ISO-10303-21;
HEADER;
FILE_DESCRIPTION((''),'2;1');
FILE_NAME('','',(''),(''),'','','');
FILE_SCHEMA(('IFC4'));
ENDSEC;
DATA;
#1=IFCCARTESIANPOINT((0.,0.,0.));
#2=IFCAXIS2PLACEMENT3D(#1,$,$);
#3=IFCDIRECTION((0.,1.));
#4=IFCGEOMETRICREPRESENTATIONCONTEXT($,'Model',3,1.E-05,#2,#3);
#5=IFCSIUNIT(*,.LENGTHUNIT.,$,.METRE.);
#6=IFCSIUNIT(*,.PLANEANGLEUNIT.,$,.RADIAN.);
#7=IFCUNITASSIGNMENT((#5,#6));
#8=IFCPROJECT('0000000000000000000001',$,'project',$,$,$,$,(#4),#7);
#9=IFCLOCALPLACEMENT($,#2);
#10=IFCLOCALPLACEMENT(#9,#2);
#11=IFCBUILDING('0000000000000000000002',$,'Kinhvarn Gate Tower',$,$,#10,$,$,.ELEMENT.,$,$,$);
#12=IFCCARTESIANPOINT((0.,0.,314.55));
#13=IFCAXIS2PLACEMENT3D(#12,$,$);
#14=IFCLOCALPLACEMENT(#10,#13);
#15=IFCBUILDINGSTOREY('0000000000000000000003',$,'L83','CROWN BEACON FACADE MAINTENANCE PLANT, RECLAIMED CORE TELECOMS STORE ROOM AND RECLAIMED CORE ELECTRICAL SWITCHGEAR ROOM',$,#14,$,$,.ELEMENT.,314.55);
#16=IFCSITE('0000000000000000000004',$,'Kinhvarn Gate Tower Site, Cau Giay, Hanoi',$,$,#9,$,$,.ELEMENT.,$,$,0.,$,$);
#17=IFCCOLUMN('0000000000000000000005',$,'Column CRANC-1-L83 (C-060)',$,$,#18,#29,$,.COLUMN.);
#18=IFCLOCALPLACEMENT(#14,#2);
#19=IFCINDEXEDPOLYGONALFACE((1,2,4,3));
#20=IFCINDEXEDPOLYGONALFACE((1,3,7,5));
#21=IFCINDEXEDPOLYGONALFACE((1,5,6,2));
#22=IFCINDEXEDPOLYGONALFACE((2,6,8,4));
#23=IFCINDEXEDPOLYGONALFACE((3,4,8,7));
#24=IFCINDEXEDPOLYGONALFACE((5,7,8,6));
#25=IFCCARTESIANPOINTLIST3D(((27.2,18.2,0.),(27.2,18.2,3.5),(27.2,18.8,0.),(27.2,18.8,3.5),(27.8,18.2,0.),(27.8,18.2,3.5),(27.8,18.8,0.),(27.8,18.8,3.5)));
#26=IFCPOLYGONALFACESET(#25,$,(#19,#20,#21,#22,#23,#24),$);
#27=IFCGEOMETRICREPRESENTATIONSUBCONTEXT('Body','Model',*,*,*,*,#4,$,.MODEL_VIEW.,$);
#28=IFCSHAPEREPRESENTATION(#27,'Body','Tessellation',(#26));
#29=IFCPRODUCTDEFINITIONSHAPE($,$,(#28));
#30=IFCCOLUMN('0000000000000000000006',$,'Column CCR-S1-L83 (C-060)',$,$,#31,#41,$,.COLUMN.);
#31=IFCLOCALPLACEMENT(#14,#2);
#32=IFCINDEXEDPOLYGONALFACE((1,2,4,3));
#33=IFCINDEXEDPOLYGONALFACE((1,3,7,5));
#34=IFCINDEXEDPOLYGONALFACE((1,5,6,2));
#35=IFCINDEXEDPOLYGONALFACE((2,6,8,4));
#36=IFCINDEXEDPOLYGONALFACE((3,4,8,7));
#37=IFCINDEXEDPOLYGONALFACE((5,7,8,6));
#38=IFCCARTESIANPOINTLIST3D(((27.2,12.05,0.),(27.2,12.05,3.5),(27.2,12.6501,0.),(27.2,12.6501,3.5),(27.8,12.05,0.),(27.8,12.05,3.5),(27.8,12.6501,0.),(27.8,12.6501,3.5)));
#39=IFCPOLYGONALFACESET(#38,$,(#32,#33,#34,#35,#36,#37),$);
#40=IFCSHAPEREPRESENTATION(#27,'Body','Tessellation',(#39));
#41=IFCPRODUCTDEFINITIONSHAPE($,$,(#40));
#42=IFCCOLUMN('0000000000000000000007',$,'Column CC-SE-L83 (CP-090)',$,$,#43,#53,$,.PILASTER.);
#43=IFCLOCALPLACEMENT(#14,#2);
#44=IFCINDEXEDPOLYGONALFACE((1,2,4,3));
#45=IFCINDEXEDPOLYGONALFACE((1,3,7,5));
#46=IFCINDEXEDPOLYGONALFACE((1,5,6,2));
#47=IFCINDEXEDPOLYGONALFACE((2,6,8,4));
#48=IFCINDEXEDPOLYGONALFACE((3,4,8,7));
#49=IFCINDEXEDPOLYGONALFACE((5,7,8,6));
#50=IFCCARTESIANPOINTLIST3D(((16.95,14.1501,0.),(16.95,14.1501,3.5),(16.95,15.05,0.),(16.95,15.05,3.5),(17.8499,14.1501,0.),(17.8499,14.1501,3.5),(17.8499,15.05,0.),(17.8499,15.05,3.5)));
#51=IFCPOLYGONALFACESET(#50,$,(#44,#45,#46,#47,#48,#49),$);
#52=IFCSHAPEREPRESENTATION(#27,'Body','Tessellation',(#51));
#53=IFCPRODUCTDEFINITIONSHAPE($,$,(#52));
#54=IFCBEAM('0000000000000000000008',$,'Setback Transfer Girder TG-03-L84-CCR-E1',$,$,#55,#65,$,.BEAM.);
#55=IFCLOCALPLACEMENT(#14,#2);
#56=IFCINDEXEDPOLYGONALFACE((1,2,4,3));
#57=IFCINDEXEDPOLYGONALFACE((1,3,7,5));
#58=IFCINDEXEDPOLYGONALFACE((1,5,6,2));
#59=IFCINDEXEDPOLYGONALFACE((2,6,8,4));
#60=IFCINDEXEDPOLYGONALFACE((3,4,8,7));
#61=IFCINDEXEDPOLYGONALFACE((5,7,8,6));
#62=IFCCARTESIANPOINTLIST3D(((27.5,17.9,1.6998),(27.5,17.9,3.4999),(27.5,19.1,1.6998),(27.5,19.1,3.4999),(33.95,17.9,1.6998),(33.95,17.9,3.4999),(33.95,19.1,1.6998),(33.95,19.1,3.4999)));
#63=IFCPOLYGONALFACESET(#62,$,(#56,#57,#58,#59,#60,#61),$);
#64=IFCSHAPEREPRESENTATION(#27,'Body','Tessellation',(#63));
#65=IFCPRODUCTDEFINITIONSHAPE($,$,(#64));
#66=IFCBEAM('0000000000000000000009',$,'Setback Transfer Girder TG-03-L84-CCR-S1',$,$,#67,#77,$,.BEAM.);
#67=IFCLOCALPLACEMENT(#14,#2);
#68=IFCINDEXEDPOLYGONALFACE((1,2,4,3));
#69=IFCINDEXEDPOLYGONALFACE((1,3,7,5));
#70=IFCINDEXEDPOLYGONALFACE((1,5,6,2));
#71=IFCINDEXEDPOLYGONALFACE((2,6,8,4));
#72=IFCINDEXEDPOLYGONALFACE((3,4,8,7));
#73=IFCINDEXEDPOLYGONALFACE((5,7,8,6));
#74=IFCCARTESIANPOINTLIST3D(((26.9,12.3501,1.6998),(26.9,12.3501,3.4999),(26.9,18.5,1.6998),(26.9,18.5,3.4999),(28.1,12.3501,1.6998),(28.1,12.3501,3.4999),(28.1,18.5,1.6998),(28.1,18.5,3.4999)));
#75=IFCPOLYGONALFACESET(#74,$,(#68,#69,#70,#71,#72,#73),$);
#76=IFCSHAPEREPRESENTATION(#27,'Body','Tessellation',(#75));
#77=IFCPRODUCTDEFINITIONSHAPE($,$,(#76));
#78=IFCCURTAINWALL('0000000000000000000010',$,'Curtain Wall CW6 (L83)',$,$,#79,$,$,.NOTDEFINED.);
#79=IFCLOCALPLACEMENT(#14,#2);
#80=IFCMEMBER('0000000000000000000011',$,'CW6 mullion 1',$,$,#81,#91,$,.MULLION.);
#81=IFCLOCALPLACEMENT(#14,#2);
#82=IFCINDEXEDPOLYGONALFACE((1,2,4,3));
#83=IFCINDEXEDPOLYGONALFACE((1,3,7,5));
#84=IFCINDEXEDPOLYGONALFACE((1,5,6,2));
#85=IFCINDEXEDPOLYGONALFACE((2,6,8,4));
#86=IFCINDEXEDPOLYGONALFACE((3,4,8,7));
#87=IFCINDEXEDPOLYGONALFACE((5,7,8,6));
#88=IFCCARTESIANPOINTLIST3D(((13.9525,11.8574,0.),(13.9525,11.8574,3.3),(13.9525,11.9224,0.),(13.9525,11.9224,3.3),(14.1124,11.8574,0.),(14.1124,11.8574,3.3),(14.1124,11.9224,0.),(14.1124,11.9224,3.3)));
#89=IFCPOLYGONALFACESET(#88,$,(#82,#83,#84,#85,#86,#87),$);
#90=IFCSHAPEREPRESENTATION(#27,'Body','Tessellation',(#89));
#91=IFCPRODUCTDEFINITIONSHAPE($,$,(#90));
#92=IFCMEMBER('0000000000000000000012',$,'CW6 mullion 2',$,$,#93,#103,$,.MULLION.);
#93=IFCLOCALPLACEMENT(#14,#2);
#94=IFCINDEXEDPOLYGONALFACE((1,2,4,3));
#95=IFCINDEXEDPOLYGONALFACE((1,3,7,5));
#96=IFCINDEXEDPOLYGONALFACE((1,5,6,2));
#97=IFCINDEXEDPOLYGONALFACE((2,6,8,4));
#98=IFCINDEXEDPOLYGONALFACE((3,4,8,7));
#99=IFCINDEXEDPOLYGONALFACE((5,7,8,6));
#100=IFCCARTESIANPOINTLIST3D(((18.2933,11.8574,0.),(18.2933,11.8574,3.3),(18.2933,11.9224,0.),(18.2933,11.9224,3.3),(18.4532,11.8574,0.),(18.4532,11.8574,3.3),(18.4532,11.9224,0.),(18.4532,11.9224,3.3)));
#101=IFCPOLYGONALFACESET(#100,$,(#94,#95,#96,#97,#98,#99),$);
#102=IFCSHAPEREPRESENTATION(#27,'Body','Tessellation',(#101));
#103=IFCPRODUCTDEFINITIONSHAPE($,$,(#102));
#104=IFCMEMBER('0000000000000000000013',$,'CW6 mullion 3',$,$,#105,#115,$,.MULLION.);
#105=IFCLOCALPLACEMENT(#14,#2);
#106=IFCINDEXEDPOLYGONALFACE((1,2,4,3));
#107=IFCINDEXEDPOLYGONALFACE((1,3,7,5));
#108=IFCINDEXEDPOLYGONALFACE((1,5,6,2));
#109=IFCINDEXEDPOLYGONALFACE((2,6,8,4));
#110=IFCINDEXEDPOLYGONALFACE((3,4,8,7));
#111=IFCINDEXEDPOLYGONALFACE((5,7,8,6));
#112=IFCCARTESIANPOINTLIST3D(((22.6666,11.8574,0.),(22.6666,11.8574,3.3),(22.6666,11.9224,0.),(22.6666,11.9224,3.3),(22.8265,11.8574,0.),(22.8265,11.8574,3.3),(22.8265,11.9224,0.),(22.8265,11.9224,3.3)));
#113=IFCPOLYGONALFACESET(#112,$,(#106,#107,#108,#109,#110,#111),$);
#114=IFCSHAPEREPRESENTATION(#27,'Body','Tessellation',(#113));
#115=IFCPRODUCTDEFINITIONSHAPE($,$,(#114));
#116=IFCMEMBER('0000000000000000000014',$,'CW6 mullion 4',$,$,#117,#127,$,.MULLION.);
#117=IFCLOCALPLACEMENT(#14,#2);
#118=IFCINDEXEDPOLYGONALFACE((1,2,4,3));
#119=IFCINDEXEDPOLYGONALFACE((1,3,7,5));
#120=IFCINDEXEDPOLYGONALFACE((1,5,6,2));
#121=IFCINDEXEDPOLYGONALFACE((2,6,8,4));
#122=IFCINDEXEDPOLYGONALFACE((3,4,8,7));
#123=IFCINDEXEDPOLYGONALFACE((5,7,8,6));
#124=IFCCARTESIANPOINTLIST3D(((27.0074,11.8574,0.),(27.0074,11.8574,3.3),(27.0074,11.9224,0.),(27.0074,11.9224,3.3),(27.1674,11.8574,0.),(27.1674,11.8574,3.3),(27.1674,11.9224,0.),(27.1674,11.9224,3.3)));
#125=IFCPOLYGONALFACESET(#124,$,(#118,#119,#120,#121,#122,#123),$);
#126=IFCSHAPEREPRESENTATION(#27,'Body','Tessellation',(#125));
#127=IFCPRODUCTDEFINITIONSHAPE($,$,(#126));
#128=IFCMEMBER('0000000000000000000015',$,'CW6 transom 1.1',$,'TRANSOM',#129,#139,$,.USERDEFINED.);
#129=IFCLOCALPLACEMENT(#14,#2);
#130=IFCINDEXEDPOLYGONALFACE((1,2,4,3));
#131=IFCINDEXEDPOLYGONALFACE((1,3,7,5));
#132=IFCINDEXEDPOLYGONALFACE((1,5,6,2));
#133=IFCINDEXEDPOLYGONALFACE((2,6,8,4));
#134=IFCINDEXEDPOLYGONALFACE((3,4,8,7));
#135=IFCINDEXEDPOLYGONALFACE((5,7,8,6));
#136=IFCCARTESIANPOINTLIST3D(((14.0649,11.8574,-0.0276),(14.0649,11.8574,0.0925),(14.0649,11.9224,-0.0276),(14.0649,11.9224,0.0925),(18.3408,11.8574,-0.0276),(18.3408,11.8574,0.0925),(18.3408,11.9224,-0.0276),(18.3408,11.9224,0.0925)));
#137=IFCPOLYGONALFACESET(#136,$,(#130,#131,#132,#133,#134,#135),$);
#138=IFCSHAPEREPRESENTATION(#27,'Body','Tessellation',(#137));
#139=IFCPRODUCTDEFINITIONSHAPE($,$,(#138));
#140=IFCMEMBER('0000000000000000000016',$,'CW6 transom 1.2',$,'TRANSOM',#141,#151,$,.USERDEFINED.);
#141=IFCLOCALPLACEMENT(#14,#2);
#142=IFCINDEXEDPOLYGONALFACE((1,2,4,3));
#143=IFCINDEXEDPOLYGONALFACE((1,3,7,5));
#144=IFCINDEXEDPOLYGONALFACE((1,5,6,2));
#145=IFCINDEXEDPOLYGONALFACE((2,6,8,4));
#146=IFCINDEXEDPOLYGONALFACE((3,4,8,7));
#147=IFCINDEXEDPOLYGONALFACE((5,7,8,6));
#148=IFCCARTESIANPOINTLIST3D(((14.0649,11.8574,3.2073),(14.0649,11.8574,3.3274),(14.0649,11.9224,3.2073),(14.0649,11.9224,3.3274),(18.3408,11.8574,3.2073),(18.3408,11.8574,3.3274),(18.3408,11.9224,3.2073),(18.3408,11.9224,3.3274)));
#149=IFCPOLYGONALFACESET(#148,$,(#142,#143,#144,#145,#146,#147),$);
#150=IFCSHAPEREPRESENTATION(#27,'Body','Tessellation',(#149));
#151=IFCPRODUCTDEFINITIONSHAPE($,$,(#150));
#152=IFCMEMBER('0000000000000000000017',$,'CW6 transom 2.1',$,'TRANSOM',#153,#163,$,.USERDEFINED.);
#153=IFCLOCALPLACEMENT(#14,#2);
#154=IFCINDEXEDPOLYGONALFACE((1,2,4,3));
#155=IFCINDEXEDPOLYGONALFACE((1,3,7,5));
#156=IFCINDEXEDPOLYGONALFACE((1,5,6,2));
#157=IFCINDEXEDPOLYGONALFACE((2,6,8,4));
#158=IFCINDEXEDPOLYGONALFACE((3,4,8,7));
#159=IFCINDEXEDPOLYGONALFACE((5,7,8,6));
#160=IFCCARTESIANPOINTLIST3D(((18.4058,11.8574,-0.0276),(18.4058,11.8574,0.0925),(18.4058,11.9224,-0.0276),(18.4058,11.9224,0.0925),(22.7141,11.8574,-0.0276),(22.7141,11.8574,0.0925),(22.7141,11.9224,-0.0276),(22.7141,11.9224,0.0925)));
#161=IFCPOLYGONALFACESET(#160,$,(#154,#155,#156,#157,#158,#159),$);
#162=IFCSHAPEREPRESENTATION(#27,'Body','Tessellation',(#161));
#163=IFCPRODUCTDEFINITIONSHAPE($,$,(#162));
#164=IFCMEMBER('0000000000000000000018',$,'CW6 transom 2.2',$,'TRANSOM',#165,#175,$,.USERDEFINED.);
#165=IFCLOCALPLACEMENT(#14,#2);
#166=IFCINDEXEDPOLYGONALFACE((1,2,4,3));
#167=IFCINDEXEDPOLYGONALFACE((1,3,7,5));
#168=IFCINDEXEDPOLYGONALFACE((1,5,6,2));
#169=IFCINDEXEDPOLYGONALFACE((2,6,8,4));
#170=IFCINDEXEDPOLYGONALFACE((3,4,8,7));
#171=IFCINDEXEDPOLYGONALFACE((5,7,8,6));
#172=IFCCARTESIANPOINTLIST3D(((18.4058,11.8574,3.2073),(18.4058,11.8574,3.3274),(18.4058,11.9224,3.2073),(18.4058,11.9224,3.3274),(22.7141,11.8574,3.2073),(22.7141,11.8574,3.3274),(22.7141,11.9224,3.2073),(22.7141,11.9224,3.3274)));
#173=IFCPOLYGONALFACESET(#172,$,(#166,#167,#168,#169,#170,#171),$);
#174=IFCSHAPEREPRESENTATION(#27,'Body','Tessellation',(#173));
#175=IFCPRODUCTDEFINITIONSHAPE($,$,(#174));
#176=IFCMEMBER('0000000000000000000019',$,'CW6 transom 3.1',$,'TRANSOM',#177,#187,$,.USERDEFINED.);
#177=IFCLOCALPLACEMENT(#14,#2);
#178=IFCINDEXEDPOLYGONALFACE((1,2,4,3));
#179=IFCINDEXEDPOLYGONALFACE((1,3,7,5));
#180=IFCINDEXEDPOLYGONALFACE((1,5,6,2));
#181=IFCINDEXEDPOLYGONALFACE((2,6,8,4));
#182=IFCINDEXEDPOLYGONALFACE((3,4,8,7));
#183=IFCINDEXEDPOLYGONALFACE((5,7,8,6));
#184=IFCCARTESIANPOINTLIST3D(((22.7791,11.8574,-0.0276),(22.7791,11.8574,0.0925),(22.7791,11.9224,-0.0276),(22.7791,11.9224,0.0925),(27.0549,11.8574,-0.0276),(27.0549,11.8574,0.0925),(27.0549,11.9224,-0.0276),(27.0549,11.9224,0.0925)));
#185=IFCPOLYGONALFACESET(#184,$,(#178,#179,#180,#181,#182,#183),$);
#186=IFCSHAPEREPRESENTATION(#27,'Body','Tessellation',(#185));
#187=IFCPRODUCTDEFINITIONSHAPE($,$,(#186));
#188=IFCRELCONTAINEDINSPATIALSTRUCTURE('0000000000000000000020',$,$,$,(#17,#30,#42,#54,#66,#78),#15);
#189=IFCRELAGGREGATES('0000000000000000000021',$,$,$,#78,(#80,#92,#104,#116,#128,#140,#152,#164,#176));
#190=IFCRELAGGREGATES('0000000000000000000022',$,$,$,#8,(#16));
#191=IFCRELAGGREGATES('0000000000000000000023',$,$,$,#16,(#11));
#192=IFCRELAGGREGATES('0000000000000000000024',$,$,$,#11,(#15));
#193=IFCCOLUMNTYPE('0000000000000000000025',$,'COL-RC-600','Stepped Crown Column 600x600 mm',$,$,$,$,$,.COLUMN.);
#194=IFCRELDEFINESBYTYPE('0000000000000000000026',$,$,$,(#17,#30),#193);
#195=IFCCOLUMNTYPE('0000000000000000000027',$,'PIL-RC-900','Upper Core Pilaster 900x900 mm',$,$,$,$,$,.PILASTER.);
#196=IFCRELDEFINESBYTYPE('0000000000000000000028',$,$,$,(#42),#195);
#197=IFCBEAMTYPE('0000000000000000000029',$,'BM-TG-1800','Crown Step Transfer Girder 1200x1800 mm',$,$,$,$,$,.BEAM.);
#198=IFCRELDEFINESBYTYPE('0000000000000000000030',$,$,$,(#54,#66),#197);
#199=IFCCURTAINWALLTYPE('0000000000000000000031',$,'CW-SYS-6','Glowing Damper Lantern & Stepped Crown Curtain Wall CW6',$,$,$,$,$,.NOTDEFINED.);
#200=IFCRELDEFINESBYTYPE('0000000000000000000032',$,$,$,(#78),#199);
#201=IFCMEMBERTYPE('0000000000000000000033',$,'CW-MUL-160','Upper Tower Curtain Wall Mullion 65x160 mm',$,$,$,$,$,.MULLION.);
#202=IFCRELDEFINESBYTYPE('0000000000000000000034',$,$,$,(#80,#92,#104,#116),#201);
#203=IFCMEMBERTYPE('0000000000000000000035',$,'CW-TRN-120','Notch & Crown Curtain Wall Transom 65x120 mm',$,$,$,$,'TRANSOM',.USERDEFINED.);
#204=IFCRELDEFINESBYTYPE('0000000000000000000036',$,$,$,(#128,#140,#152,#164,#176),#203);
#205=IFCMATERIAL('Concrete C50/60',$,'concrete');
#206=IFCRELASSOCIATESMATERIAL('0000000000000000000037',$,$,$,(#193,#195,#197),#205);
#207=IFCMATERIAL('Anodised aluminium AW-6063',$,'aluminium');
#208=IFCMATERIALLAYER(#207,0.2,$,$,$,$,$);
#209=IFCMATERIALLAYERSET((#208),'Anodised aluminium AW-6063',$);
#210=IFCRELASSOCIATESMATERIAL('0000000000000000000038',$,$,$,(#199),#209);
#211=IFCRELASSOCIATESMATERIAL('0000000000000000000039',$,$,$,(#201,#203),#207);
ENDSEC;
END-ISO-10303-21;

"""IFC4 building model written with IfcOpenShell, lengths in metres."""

from ifc_helpers import new_model, si_unit, direction, frame, origin, origin_2d, place, context, subcontext, project, spatial, rectangle, extrude, material, layer, layer_set, material_profile, profile_set, type_object, element, aggregate, save


model = new_model("IFC4")

# Units and contexts
model_context = context("Model", 3, precision=1e-05, world=origin(), true_north=direction((0.0, 1.0)))
body_context = subcontext(model_context, "Body", "Model", "MODEL_VIEW")
ifc_project = project(units=[si_unit("LENGTHUNIT", "METRE"), si_unit("PLANEANGLEUNIT", "RADIAN")], contexts=[model_context])

# Site, building, storey
site_placement = place(None, origin())
site = spatial("IfcSite", under=ifc_project, at=site_placement, Name="Kinhvarn Gate Tower Site, Cau Giay, Hanoi", CompositionType="ELEMENT", RefElevation=0.0)
building_placement = place(site_placement, origin())
building = spatial("IfcBuilding", under=site, at=building_placement, Name="Kinhvarn Gate Tower", CompositionType="ELEMENT")
storey_placement = place(building_placement, frame((0.0, 0.0, 314.55)))
storey = spatial("IfcBuildingStorey", under=building, at=storey_placement, Name="L83", Description="CROWN BEACON FACADE MAINTENANCE PLANT, RECLAIMED CORE TELECOMS STORE ROOM AND RECLAIMED CORE ELECTRICAL SWITCHGEAR ROOM", CompositionType="ELEMENT", Elevation=314.55)

# Columns
ifc_material_1 = material(Name="Concrete C50/60", Category="concrete")
ifc_material_profile_1 = material_profile(ifc_material_1, rectangle(XDim=0.6001, YDim=0.6001, at=origin_2d()), Name="RC 600x600")
ifc_profile_set_1 = profile_set([ifc_material_profile_1], Name="Concrete C50/60")
column_type_1 = type_object("IfcColumnType", Name="COL-RC-600", Description="Stepped Crown Column 600x600 mm", PredefinedType="COLUMN", material=ifc_profile_set_1)
for number, where, z_axis, x_axis, name in (
    (1, (27.5, 18.5, 0.0), (0.0, 0.0, 1.0), (1.0, 0.0, 0.0), "Column CRANC-1-L83 (C-060)"),
    (2, (27.5, 12.3501, 0.0), (0.0, 0.0, 1.0), (1.0, 0.0, 0.0), "Column CCR-S1-L83 (C-060)"),
):
    element("IfcColumn", number, at=place(storey_placement, frame(where, z_axis=z_axis, x_axis=x_axis)), inside=storey, type_object=column_type_1, Name=name, PredefinedType="COLUMN", context=body_context, shape_type="SweptSolid", body=[
        extrude(rectangle(XDim=0.6001, YDim=0.6001, at=origin_2d()), origin(), (0.0, 0.0, 1.0), 3.5),
    ])
ifc_material_profile_2 = material_profile(ifc_material_1, rectangle(XDim=0.8999, YDim=0.8999, at=origin_2d()), Name="RC 900x900")
ifc_profile_set_2 = profile_set([ifc_material_profile_2], Name="Concrete C50/60")
column_type_2 = type_object("IfcColumnType", Name="PIL-RC-900", Description="Upper Core Pilaster 900x900 mm", PredefinedType="PILASTER", material=ifc_profile_set_2)
column_placement = place(storey_placement, frame((17.3999, 14.6001, 0.0), z_axis=(0.0, 0.0, 1.0), x_axis=(1.0, 0.0, 0.0)))
element("IfcColumn", 3, at=column_placement, inside=storey, type_object=column_type_2, Name="Column CC-SE-L83 (CP-090)", PredefinedType="PILASTER", context=body_context, shape_type="SweptSolid", body=[
    extrude(rectangle(XDim=0.8999, YDim=0.8999, at=origin_2d()), origin(), (0.0, 0.0, 1.0), 3.5),
])

# Beams
ifc_material_profile_3 = material_profile(ifc_material_1, rectangle(XDim=1.2, YDim=1.8, at=origin_2d()), Name="RC 1200x1800")
ifc_profile_set_3 = profile_set([ifc_material_profile_3], Name="Concrete C50/60")
beam_type_1 = type_object("IfcBeamType", Name="BM-TG-1800", Description="Crown Step Transfer Girder 1200x1800 mm", PredefinedType="BEAM", material=ifc_profile_set_3)
beam_1_placement = place(storey_placement, frame((27.5, 18.5, 2.5999), z_axis=(1.0, 0.0, 0.0), x_axis=(0.0, 1.0, 0.0)))
element("IfcBeam", 4, at=beam_1_placement, inside=storey, type_object=beam_type_1, Name="Setback Transfer Girder TG-03-L84-CCR-E1", PredefinedType="BEAM", context=body_context, shape_type="SweptSolid", body=[
    extrude(rectangle(XDim=1.2, YDim=1.8, at=origin_2d()), origin(), (0.0, 0.0, 1.0), 6.45),
])
beam_2_placement = place(storey_placement, frame((27.5, 12.3501, 2.5999), z_axis=(0.0, 1.0, 0.0), x_axis=(-1.0, 0.0, 0.0)))
element("IfcBeam", 5, at=beam_2_placement, inside=storey, type_object=beam_type_1, Name="Setback Transfer Girder TG-03-L84-CCR-S1", PredefinedType="BEAM", context=body_context, shape_type="SweptSolid", body=[
    extrude(rectangle(XDim=1.2, YDim=1.8, at=origin_2d()), origin(), (0.0, 0.0, 1.0), 6.1499),
])

# Curtain wall, members
ifc_material_2 = material(Name="Anodised aluminium AW-6063", Category="aluminium")
ifc_layer_1 = layer(ifc_material_2, 0.2)
ifc_layer_set_1 = layer_set([ifc_layer_1], Name="Anodised aluminium AW-6063")
curtain_wall_type = type_object("IfcCurtainWallType", Name="CW-SYS-6", Description="Glowing Damper Lantern & Stepped Crown Curtain Wall CW6", PredefinedType="NOTDEFINED", material=ifc_layer_set_1)
curtain_wall_placement = place(storey_placement, origin())
curtain_wall = element("IfcCurtainWall", 6, at=curtain_wall_placement, inside=storey, type_object=curtain_wall_type, Name="Curtain Wall CW6 (L83)", PredefinedType="NOTDEFINED")
ifc_material_profile_4 = material_profile(ifc_material_2, rectangle(XDim=0.0649, YDim=0.1599, at=origin_2d()), Name="ALU 65x160")
ifc_profile_set_4 = profile_set([ifc_material_profile_4], Name="Anodised aluminium AW-6063")
member_type_1 = type_object("IfcMemberType", Name="CW-MUL-160", Description="Upper Tower Curtain Wall Mullion 65x160 mm", PredefinedType="MULLION", material=ifc_profile_set_4)
member_1_placement = place(storey_placement, frame((14.0325, 11.8899, 0.0), z_axis=(0.0, 0.0, 1.0), x_axis=(0.0, 1.0, 0.0)))
member_1 = element("IfcMember", 7, at=member_1_placement, type_object=member_type_1, Name="CW6 mullion 1", PredefinedType="MULLION", context=body_context, shape_type="SweptSolid", body=[
    extrude(rectangle(XDim=0.0649, YDim=0.1599, at=origin_2d()), origin(), (0.0, 0.0, 1.0), 3.3),
])
member_2_placement = place(storey_placement, frame((18.3733, 11.8899, 0.0), z_axis=(0.0, 0.0, 1.0), x_axis=(0.0, 1.0, 0.0)))
member_2 = element("IfcMember", 8, at=member_2_placement, type_object=member_type_1, Name="CW6 mullion 2", PredefinedType="MULLION", context=body_context, shape_type="SweptSolid", body=[
    extrude(rectangle(XDim=0.0649, YDim=0.1599, at=origin_2d()), origin(), (0.0, 0.0, 1.0), 3.3),
])
member_3_placement = place(storey_placement, frame((22.7466, 11.8899, 0.0), z_axis=(0.0, 0.0, 1.0), x_axis=(0.0, 1.0, 0.0)))
member_3 = element("IfcMember", 9, at=member_3_placement, type_object=member_type_1, Name="CW6 mullion 3", PredefinedType="MULLION", context=body_context, shape_type="SweptSolid", body=[
    extrude(rectangle(XDim=0.0649, YDim=0.1599, at=origin_2d()), origin(), (0.0, 0.0, 1.0), 3.3),
])
member_4_placement = place(storey_placement, frame((27.0874, 11.8899, 0.0), z_axis=(0.0, 0.0, 1.0), x_axis=(0.0, 1.0, 0.0)))
member_4 = element("IfcMember", 10, at=member_4_placement, type_object=member_type_1, Name="CW6 mullion 4", PredefinedType="MULLION", context=body_context, shape_type="SweptSolid", body=[
    extrude(rectangle(XDim=0.0649, YDim=0.1599, at=origin_2d()), origin(), (0.0, 0.0, 1.0), 3.3),
])
ifc_material_profile_5 = material_profile(ifc_material_2, rectangle(XDim=0.0649, YDim=0.1201, at=origin_2d()), Name="ALU 65x120")
ifc_profile_set_5 = profile_set([ifc_material_profile_5], Name="Anodised aluminium AW-6063")
member_type_2 = type_object("IfcMemberType", Name="CW-TRN-120", Description="Notch & Crown Curtain Wall Transom 65x120 mm", ElementType="TRANSOM", PredefinedType="USERDEFINED", material=ifc_profile_set_5)
member_5_placement = place(storey_placement, frame((14.0649, 11.8899, 0.0325), z_axis=(1.0, 0.0, 0.0), x_axis=(0.0, 1.0, 0.0)))
member_5 = element("IfcMember", 11, at=member_5_placement, type_object=member_type_2, Name="CW6 transom 1.1", ObjectType="TRANSOM", PredefinedType="USERDEFINED", context=body_context, shape_type="SweptSolid", body=[
    extrude(rectangle(XDim=0.0649, YDim=0.1201, at=origin_2d()), origin(), (0.0, 0.0, 1.0), 4.2759),
])
member_6_placement = place(storey_placement, frame((14.0649, 11.8899, 3.2673), z_axis=(1.0, 0.0, 0.0), x_axis=(0.0, 1.0, 0.0)))
member_6 = element("IfcMember", 12, at=member_6_placement, type_object=member_type_2, Name="CW6 transom 1.2", ObjectType="TRANSOM", PredefinedType="USERDEFINED", context=body_context, shape_type="SweptSolid", body=[
    extrude(rectangle(XDim=0.0649, YDim=0.1201, at=origin_2d()), origin(), (0.0, 0.0, 1.0), 4.2759),
])
member_7_placement = place(storey_placement, frame((18.4058, 11.8899, 0.0325), z_axis=(1.0, 0.0, 0.0), x_axis=(0.0, 1.0, 0.0)))
member_7 = element("IfcMember", 13, at=member_7_placement, type_object=member_type_2, Name="CW6 transom 2.1", ObjectType="TRANSOM", PredefinedType="USERDEFINED", context=body_context, shape_type="SweptSolid", body=[
    extrude(rectangle(XDim=0.0649, YDim=0.1201, at=origin_2d()), origin(), (0.0, 0.0, 1.0), 4.3083),
])
member_8_placement = place(storey_placement, frame((18.4058, 11.8899, 3.2673), z_axis=(1.0, 0.0, 0.0), x_axis=(0.0, 1.0, 0.0)))
member_8 = element("IfcMember", 14, at=member_8_placement, type_object=member_type_2, Name="CW6 transom 2.2", ObjectType="TRANSOM", PredefinedType="USERDEFINED", context=body_context, shape_type="SweptSolid", body=[
    extrude(rectangle(XDim=0.0649, YDim=0.1201, at=origin_2d()), origin(), (0.0, 0.0, 1.0), 4.3083),
])
member_9_placement = place(storey_placement, frame((22.7791, 11.8899, 0.0325), z_axis=(1.0, 0.0, 0.0), x_axis=(0.0, 1.0, 0.0)))
member_9 = element("IfcMember", 15, at=member_9_placement, type_object=member_type_2, Name="CW6 transom 3.1", ObjectType="TRANSOM", PredefinedType="USERDEFINED", context=body_context, shape_type="SweptSolid", body=[
    extrude(rectangle(XDim=0.0649, YDim=0.1201, at=origin_2d()), origin(), (0.0, 0.0, 1.0), 4.2759),
])

aggregate(curtain_wall, [member_1, member_2, member_3, member_4, member_5, member_6, member_7, member_8, member_9])

save(model, "model.ifc")
